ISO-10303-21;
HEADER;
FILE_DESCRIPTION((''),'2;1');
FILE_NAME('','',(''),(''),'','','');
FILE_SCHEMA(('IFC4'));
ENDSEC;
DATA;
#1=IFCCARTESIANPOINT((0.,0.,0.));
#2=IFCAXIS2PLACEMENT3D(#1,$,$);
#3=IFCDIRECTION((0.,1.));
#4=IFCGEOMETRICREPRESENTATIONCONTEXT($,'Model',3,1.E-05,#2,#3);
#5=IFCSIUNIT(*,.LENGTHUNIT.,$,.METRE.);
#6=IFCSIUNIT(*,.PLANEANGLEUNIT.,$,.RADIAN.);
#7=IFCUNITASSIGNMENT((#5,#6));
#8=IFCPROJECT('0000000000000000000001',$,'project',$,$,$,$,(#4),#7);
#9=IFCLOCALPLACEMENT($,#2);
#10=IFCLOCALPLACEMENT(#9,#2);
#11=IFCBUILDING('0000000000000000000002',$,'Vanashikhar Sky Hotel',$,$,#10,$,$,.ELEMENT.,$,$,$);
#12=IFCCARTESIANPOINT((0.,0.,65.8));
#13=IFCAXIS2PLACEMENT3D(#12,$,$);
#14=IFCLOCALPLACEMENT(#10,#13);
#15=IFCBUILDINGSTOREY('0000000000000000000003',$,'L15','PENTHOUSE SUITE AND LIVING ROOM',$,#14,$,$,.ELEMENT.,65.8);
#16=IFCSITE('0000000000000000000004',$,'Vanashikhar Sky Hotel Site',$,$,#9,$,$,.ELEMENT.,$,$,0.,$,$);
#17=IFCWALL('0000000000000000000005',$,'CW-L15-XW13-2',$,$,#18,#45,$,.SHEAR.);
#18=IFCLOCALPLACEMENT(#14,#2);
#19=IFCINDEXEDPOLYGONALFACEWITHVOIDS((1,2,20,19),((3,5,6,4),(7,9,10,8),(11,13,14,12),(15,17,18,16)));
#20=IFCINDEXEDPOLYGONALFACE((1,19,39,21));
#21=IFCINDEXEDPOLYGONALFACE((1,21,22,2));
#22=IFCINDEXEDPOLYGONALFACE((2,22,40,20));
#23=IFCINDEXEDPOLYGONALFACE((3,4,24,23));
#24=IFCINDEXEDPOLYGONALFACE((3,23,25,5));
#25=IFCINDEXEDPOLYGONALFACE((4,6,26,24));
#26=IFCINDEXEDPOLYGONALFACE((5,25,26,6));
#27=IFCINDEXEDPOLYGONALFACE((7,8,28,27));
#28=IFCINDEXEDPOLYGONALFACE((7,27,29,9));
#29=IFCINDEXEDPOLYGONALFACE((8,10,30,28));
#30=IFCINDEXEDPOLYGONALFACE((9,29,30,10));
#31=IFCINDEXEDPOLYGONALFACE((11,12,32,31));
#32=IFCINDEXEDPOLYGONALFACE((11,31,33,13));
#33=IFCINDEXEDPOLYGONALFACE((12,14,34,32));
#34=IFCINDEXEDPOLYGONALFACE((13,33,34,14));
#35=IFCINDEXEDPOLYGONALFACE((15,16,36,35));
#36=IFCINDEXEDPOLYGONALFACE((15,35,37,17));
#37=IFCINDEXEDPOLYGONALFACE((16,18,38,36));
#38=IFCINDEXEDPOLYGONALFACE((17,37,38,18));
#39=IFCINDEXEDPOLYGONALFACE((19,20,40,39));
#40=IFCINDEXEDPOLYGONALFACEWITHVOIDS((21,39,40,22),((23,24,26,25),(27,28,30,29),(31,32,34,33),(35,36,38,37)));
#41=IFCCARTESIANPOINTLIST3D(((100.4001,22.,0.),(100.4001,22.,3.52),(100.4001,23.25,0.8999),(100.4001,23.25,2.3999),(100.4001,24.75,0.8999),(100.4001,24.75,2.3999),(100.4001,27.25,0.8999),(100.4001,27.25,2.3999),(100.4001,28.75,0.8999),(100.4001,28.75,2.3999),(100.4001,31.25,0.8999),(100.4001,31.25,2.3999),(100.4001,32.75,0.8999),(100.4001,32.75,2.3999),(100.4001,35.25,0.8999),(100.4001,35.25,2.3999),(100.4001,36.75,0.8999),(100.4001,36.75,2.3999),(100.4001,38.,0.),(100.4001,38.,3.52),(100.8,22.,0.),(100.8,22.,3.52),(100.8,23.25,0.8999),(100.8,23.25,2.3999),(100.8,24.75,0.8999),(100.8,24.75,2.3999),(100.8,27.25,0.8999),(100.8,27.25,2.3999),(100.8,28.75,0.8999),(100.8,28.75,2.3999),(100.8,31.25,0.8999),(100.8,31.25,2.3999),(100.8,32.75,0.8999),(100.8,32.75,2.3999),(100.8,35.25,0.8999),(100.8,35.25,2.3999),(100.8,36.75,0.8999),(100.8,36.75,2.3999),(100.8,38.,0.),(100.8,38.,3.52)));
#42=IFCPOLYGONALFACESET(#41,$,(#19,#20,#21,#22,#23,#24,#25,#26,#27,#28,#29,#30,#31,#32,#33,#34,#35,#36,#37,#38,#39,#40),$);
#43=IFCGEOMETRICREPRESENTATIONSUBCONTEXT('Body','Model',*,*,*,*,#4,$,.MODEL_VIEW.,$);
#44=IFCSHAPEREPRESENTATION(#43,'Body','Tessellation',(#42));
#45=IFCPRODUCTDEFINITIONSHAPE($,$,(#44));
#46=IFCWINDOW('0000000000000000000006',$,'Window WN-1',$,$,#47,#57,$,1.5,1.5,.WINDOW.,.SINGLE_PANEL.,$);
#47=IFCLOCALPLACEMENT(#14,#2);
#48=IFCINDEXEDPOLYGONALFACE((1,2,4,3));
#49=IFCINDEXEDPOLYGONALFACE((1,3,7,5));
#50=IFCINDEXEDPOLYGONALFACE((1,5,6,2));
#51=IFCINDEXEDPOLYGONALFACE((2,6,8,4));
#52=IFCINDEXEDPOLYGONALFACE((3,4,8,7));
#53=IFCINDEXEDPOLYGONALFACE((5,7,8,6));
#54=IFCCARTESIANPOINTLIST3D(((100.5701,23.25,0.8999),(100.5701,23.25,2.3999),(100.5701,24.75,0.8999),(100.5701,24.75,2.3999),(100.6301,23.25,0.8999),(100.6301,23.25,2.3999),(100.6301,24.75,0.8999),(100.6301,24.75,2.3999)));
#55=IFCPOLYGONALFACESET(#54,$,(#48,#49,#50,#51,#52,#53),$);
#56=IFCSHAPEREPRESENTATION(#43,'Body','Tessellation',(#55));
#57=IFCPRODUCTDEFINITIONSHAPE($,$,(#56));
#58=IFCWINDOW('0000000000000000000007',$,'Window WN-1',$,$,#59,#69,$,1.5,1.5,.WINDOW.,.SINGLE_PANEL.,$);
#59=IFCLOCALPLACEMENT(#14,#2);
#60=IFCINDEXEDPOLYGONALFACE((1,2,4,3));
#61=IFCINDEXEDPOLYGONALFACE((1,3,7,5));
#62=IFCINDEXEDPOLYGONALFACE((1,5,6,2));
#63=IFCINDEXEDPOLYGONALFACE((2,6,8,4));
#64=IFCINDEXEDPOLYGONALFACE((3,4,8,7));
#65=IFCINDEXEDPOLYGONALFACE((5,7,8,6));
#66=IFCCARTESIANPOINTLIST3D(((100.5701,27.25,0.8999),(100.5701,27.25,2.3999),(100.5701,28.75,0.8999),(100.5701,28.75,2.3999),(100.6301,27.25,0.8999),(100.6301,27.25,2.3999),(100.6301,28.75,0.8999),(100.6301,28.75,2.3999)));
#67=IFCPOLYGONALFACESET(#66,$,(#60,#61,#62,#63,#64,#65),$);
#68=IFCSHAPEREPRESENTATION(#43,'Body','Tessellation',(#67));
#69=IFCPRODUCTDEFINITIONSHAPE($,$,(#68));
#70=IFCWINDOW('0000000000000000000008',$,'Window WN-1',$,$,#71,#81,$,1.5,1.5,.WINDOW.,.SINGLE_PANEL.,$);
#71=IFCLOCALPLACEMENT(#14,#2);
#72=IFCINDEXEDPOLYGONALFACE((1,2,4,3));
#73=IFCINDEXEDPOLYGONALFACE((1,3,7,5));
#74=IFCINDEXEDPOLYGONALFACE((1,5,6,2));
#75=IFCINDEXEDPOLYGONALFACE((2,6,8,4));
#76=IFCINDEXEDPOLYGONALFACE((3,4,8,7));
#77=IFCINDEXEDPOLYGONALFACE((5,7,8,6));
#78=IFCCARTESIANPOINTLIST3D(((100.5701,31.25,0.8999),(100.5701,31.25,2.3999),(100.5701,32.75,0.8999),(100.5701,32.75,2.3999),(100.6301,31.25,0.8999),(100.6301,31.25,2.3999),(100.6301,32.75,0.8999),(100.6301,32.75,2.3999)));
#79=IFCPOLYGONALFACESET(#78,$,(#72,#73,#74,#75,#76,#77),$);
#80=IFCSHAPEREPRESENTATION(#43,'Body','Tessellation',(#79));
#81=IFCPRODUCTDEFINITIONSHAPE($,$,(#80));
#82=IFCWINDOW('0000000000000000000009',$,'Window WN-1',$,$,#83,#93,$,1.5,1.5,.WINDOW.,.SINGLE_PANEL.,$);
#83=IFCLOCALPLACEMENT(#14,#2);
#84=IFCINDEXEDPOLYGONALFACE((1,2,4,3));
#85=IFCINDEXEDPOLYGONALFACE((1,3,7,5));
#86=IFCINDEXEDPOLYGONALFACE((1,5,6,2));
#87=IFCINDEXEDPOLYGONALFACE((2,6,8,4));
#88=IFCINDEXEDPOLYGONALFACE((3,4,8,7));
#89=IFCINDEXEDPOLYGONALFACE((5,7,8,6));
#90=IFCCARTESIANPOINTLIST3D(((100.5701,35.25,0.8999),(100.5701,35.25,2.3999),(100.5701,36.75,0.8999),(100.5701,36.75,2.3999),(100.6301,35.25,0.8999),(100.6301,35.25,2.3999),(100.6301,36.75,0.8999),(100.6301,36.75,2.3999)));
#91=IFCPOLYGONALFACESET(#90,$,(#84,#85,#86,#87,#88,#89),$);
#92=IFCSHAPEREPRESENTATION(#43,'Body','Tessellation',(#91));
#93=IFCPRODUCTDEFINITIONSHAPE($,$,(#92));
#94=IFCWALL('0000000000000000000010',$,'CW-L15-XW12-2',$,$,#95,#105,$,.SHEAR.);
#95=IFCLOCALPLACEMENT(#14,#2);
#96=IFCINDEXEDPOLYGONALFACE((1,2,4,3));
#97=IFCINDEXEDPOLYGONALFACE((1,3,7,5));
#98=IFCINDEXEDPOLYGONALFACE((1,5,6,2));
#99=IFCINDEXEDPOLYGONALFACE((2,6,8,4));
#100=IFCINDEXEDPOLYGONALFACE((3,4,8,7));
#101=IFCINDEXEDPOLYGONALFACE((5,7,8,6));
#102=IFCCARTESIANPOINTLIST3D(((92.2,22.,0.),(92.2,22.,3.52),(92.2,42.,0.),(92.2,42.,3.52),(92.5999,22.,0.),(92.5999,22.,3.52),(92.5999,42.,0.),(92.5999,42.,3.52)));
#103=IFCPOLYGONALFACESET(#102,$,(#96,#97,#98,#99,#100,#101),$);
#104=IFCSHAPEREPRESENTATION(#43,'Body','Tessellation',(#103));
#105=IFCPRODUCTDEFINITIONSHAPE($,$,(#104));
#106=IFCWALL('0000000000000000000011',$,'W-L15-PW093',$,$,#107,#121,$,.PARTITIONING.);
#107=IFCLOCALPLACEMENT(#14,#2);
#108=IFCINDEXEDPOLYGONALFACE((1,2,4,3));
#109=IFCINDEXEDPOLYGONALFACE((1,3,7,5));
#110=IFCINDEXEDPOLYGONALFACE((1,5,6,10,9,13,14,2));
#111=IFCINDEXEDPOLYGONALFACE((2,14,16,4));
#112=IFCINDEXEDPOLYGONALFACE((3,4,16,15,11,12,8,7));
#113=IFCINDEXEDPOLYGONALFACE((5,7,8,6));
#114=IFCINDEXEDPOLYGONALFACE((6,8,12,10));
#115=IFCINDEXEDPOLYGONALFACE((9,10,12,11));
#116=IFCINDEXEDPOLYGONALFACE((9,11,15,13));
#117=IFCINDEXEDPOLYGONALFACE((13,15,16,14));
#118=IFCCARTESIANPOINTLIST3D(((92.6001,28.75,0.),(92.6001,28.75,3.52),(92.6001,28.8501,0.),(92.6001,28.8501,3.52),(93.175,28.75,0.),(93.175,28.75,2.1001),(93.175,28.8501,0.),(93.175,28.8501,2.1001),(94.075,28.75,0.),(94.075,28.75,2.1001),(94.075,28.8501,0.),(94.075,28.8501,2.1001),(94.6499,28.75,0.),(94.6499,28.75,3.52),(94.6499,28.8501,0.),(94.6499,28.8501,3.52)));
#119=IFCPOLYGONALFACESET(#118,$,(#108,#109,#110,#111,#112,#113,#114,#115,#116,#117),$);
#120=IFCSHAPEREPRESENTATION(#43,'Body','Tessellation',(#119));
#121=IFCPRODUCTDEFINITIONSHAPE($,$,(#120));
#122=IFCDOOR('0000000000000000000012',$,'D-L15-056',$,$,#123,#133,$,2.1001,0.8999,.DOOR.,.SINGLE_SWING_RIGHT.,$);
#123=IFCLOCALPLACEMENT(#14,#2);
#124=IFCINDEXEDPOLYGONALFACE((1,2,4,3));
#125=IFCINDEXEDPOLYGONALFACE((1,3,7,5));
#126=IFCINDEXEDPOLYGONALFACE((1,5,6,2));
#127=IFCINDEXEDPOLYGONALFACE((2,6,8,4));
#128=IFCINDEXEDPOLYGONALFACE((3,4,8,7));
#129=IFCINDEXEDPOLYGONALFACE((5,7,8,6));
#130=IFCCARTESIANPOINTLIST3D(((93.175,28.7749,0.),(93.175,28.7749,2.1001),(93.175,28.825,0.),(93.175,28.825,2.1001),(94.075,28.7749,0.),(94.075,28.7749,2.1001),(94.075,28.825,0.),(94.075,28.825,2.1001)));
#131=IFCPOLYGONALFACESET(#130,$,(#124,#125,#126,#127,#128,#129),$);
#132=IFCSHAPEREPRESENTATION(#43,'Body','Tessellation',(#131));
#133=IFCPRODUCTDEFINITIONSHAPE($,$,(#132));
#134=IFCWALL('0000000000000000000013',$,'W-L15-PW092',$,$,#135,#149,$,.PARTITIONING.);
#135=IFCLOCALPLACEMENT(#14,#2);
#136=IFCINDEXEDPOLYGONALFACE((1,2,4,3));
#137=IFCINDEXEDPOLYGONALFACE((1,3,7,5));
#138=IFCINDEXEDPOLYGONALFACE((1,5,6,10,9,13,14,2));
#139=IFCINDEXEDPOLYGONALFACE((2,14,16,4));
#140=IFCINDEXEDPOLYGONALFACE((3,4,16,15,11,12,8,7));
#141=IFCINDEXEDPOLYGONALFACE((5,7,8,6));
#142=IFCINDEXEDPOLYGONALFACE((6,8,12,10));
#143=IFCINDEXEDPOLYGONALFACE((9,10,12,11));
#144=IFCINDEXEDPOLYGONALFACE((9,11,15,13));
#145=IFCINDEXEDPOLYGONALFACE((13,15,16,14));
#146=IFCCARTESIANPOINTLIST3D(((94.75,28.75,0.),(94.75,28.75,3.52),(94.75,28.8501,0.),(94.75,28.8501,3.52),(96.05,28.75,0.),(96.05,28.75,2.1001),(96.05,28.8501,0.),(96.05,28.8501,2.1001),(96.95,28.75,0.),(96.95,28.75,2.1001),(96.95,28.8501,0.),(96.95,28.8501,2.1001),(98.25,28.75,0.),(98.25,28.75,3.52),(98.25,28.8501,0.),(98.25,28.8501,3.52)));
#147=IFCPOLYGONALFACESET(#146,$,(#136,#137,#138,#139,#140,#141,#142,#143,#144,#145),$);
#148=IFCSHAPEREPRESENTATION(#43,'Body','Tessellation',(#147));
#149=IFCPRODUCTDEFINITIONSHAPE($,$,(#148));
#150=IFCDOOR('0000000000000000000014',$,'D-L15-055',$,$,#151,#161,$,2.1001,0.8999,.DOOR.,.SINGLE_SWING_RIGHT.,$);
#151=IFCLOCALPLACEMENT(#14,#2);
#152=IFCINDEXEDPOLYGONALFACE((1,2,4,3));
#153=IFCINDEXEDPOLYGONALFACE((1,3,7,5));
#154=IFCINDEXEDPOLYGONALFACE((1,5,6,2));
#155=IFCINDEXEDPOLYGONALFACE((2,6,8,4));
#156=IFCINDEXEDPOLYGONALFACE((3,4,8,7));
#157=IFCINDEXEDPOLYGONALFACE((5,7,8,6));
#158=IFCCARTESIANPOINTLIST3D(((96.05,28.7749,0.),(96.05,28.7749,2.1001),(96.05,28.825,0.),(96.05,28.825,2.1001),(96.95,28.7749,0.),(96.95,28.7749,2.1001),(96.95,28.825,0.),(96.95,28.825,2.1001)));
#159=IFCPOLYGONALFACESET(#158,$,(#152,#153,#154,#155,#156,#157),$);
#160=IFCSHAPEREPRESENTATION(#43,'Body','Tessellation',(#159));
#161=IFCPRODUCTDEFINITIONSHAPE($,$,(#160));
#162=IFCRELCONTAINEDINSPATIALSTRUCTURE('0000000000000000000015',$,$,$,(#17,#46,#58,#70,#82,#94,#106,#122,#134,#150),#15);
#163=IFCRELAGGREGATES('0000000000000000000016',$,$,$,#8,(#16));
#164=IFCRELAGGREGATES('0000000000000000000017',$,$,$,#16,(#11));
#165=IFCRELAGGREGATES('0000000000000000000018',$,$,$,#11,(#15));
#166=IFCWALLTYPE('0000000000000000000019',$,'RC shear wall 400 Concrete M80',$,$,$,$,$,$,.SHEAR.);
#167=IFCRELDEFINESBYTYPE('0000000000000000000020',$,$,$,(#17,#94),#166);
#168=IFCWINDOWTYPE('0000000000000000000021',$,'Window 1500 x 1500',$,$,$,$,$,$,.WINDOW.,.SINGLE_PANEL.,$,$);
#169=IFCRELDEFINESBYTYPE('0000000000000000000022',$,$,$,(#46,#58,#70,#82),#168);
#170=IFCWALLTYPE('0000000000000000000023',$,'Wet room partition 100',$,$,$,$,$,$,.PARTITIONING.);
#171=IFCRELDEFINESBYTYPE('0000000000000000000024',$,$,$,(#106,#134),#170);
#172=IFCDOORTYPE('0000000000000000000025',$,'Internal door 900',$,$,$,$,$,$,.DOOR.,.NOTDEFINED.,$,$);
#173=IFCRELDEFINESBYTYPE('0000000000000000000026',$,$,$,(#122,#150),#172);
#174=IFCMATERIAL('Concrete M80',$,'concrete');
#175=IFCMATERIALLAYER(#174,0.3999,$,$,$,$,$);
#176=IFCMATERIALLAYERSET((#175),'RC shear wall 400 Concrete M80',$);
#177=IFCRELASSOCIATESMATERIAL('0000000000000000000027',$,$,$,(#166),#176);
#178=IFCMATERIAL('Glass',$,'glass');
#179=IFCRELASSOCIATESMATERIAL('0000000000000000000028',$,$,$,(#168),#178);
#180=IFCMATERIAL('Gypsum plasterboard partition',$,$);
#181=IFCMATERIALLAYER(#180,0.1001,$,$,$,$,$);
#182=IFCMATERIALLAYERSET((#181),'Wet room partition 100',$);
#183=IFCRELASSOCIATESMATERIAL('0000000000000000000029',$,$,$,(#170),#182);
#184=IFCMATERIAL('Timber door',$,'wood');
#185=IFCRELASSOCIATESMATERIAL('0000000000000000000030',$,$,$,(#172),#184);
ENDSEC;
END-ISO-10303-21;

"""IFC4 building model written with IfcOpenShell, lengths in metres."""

from ifc_helpers import new_model, si_unit, direction, frame, frame_2d, origin, place, context, subcontext, project, spatial, rectangle, extrude, source, transform, mapped, material, layer, layer_set, type_object, element, fill, save


model = new_model("IFC4")

# Units and contexts
model_context = context("Model", 3, precision=1e-05, world=origin(), true_north=direction((0.0, 1.0)))
body_context = subcontext(model_context, "Body", "Model", "MODEL_VIEW")
ifc_project = project(units=[si_unit("LENGTHUNIT", "METRE"), si_unit("PLANEANGLEUNIT", "RADIAN")], contexts=[model_context])

# Site, building, storey
site_placement = place(None, origin())
site = spatial("IfcSite", under=ifc_project, at=site_placement, Name="Vanashikhar Sky Hotel Site", CompositionType="ELEMENT", RefElevation=0.0)
building_placement = place(site_placement, origin())
building = spatial("IfcBuilding", under=site, at=building_placement, Name="Vanashikhar Sky Hotel", CompositionType="ELEMENT")
storey_placement = place(building_placement, frame((0.0, 0.0, 65.8)))
storey = spatial("IfcBuildingStorey", under=building, at=storey_placement, Name="L15", Description="PENTHOUSE SUITE AND LIVING ROOM", CompositionType="ELEMENT", Elevation=65.8)

# Wall, openings, windows
ifc_material_1 = material(Name="Concrete M80", Category="concrete")
ifc_layer_1 = layer(ifc_material_1, 0.3999)
ifc_layer_set_1 = layer_set([ifc_layer_1], Name="RC shear wall 400 Concrete M80")
wall_type_1 = type_object("IfcWallType", Name="RC shear wall 400 Concrete M80", PredefinedType="SHEAR", material=ifc_layer_set_1)
shared_shape_1 = source(origin(), body_context, "Body", "SweptSolid", [
    extrude(rectangle(XDim=16.0, YDim=0.3999, at=frame_2d((8.0, 0.0))), origin(), (0.0, 0.0, 1.0), 3.52),
])
wall_1_placement = place(storey_placement, frame((100.6001, 22.0, 0.0), z_axis=(0.0, 0.0, 1.0), x_axis=(0.0, 1.0, 0.0)))
wall_1 = element("IfcWall", 1, at=wall_1_placement, inside=storey, type_object=wall_type_1, Name="CW-L15-XW13-2", PredefinedType="SHEAR", context=body_context, shape_type="MappedRepresentation", body=[
    mapped(shared_shape_1, transform((0.0, 0.0, 0.0), scale=1.0)),
])
shared_shape_2 = source(origin(), body_context, "Body", "SweptSolid", [
    extrude(rectangle(XDim=1.5, YDim=1.5, at=frame_2d((0.75, 0.75))), frame((0.0, 0.21, 0.0), z_axis=(0.0, -1.0, 0.0), x_axis=(1.0, 0.0, 0.0)), (0.0, 0.0, 1.0), 0.4199),
])
opening_1_placement = place(wall_1_placement, frame((1.25, 0.0, 0.8999)))
opening_1 = element("IfcOpeningElement", 2, at=opening_1_placement, cuts=wall_1, PredefinedType="OPENING", context=body_context, shape_type="MappedRepresentation", body=[
    mapped(shared_shape_2, transform((0.0, 0.0, 0.0), scale=1.0)),
])
opening_2_placement = place(wall_1_placement, frame((5.25, 0.0, 0.8999)))
opening_2 = element("IfcOpeningElement", 3, at=opening_2_placement, cuts=wall_1, PredefinedType="OPENING", context=body_context, shape_type="MappedRepresentation", body=[
    mapped(shared_shape_2, transform((0.0, 0.0, 0.0), scale=1.0)),
])
opening_3_placement = place(wall_1_placement, frame((9.25, 0.0, 0.8999)))
opening_3 = element("IfcOpeningElement", 4, at=opening_3_placement, cuts=wall_1, PredefinedType="OPENING", context=body_context, shape_type="MappedRepresentation", body=[
    mapped(shared_shape_2, transform((0.0, 0.0, 0.0), scale=1.0)),
])
opening_4_placement = place(wall_1_placement, frame((13.25, 0.0, 0.8999)))
opening_4 = element("IfcOpeningElement", 5, at=opening_4_placement, cuts=wall_1, PredefinedType="OPENING", context=body_context, shape_type="MappedRepresentation", body=[
    mapped(shared_shape_2, transform((0.0, 0.0, 0.0), scale=1.0)),
])
ifc_material_2 = material(Name="Glass", Category="glass")
window_type = type_object("IfcWindowType", Name="Window 1500 x 1500", PartitioningType="SINGLE_PANEL", PredefinedType="WINDOW", material=ifc_material_2)
shared_shape_3 = source(origin(), body_context, "Body", "SweptSolid", [
    extrude(rectangle(XDim=1.5, YDim=1.5, at=frame_2d((0.75, 0.75))), frame((0.0, 0.03, 0.0), z_axis=(0.0, -1.0, 0.0), x_axis=(1.0, 0.0, 0.0)), (0.0, 0.0, 1.0), 0.0601),
])
window_1_placement = place(opening_1_placement, origin())
window_1 = element("IfcWindow", 6, at=window_1_placement, inside=storey, type_object=window_type, Name="Window WN-1", OverallHeight=1.5, OverallWidth=1.5, PartitioningType="SINGLE_PANEL", PredefinedType="WINDOW", context=body_context, shape_type="MappedRepresentation", body=[
    mapped(shared_shape_3, transform((0.0, 0.0, 0.0), scale=1.0)),
])
fill(opening_1, window_1)
window_2_placement = place(opening_2_placement, origin())
window_2 = element("IfcWindow", 7, at=window_2_placement, inside=storey, type_object=window_type, Name="Window WN-1", OverallHeight=1.5, OverallWidth=1.5, PartitioningType="SINGLE_PANEL", PredefinedType="WINDOW", context=body_context, shape_type="MappedRepresentation", body=[
    mapped(shared_shape_3, transform((0.0, 0.0, 0.0), scale=1.0)),
])
fill(opening_2, window_2)
window_3_placement = place(opening_3_placement, origin())
window_3 = element("IfcWindow", 8, at=window_3_placement, inside=storey, type_object=window_type, Name="Window WN-1", OverallHeight=1.5, OverallWidth=1.5, PartitioningType="SINGLE_PANEL", PredefinedType="WINDOW", context=body_context, shape_type="MappedRepresentation", body=[
    mapped(shared_shape_3, transform((0.0, 0.0, 0.0), scale=1.0)),
])
fill(opening_3, window_3)
window_4_placement = place(opening_4_placement, origin())
window_4 = element("IfcWindow", 9, at=window_4_placement, inside=storey, type_object=window_type, Name="Window WN-1", OverallHeight=1.5, OverallWidth=1.5, PartitioningType="SINGLE_PANEL", PredefinedType="WINDOW", context=body_context, shape_type="MappedRepresentation", body=[
    mapped(shared_shape_3, transform((0.0, 0.0, 0.0), scale=1.0)),
])
fill(opening_4, window_4)

# Wall
shared_shape_4 = source(origin(), body_context, "Body", "SweptSolid", [
    extrude(rectangle(XDim=20.0, YDim=0.3999, at=frame_2d((10.0, 0.0))), origin(), (0.0, 0.0, 1.0), 3.52),
])
wall_2_placement = place(storey_placement, frame((92.3999, 22.0, 0.0), z_axis=(0.0, 0.0, 1.0), x_axis=(0.0, 1.0, 0.0)))
element("IfcWall", 10, at=wall_2_placement, inside=storey, type_object=wall_type_1, Name="CW-L15-XW12-2", PredefinedType="SHEAR", context=body_context, shape_type="MappedRepresentation", body=[
    mapped(shared_shape_4, transform((0.0, 0.0, 0.0), scale=1.0)),
])

# Walls, openings, doors
ifc_material_3 = material(Name="Gypsum plasterboard partition")
ifc_layer_2 = layer(ifc_material_3, 0.1001)
ifc_layer_set_2 = layer_set([ifc_layer_2], Name="Wet room partition 100")
wall_type_2 = type_object("IfcWallType", Name="Wet room partition 100", PredefinedType="PARTITIONING", material=ifc_layer_set_2)
shared_shape_5 = source(origin(), body_context, "Body", "SweptSolid", [
    extrude(rectangle(XDim=2.0498, YDim=0.1001, at=frame_2d((1.0249, 0.0))), origin(), (0.0, 0.0, 1.0), 3.52),
])
wall_3_placement = place(storey_placement, frame((92.6001, 28.8, 0.0), z_axis=(0.0, 0.0, 1.0), x_axis=(1.0, 0.0, 0.0)))
wall_3 = element("IfcWall", 11, at=wall_3_placement, inside=storey, type_object=wall_type_2, Name="W-L15-PW093", PredefinedType="PARTITIONING", context=body_context, shape_type="MappedRepresentation", body=[
    mapped(shared_shape_5, transform((0.0, 0.0, 0.0), scale=1.0)),
])
shared_shape_6 = source(origin(), body_context, "Body", "SweptSolid", [
    extrude(rectangle(XDim=0.8999, YDim=2.1001, at=frame_2d((0.45, 1.05))), frame((0.0, 0.0601, 0.0), z_axis=(0.0, -1.0, 0.0), x_axis=(1.0, 0.0, 0.0)), (0.0, 0.0, 1.0), 0.1201),
])
opening_5_placement = place(wall_3_placement, frame((0.575, 0.0, 0.0)))
opening_5 = element("IfcOpeningElement", 12, at=opening_5_placement, cuts=wall_3, PredefinedType="OPENING", context=body_context, shape_type="MappedRepresentation", body=[
    mapped(shared_shape_6, transform((0.0, 0.0, 0.0), scale=1.0)),
])
ifc_material_4 = material(Name="Timber door", Category="wood")
door_type_1 = type_object("IfcDoorType", Name="Internal door 900", OperationType="NOTDEFINED", PredefinedType="DOOR", material=ifc_material_4)
shared_shape_7 = source(origin(), body_context, "Body", "SweptSolid", [
    extrude(rectangle(XDim=0.8999, YDim=2.1001, at=frame_2d((0.45, 1.05))), frame((0.0, 0.0249, 0.0), z_axis=(0.0, -1.0, 0.0), x_axis=(1.0, 0.0, 0.0)), (0.0, 0.0, 1.0), 0.05),
])
door_1_placement = place(opening_5_placement, origin())
door_1 = element("IfcDoor", 13, at=door_1_placement, inside=storey, type_object=door_type_1, Name="D-L15-056", OperationType="SINGLE_SWING_RIGHT", OverallHeight=2.1001, OverallWidth=0.8999, PredefinedType="DOOR", context=body_context, shape_type="MappedRepresentation", body=[
    mapped(shared_shape_7, transform((0.0, 0.0, 0.0), scale=1.0)),
])
fill(opening_5, door_1)
shared_shape_8 = source(origin(), body_context, "Body", "SweptSolid", [
    extrude(rectangle(XDim=3.5, YDim=0.1001, at=frame_2d((1.75, 0.0))), origin(), (0.0, 0.0, 1.0), 3.52),
])
wall_4_placement = place(storey_placement, frame((94.75, 28.8, 0.0), z_axis=(0.0, 0.0, 1.0), x_axis=(1.0, 0.0, 0.0)))
wall_4 = element("IfcWall", 14, at=wall_4_placement, inside=storey, type_object=wall_type_2, Name="W-L15-PW092", PredefinedType="PARTITIONING", context=body_context, shape_type="MappedRepresentation", body=[
    mapped(shared_shape_8, transform((0.0, 0.0, 0.0), scale=1.0)),
])
opening_6_placement = place(wall_4_placement, frame((1.3, 0.0, 0.0)))
opening_6 = element("IfcOpeningElement", 15, at=opening_6_placement, cuts=wall_4, PredefinedType="OPENING", context=body_context, shape_type="MappedRepresentation", body=[
    mapped(shared_shape_6, transform((0.0, 0.0, 0.0), scale=1.0)),
])
door_2_placement = place(opening_6_placement, origin())
door_2 = element("IfcDoor", 16, at=door_2_placement, inside=storey, type_object=door_type_1, Name="D-L15-055", OperationType="SINGLE_SWING_RIGHT", OverallHeight=2.1001, OverallWidth=0.8999, PredefinedType="DOOR", context=body_context, shape_type="MappedRepresentation", body=[
    mapped(shared_shape_7, transform((0.0, 0.0, 0.0), scale=1.0)),
])
fill(opening_6, door_2)

save(model, "model.ifc")
